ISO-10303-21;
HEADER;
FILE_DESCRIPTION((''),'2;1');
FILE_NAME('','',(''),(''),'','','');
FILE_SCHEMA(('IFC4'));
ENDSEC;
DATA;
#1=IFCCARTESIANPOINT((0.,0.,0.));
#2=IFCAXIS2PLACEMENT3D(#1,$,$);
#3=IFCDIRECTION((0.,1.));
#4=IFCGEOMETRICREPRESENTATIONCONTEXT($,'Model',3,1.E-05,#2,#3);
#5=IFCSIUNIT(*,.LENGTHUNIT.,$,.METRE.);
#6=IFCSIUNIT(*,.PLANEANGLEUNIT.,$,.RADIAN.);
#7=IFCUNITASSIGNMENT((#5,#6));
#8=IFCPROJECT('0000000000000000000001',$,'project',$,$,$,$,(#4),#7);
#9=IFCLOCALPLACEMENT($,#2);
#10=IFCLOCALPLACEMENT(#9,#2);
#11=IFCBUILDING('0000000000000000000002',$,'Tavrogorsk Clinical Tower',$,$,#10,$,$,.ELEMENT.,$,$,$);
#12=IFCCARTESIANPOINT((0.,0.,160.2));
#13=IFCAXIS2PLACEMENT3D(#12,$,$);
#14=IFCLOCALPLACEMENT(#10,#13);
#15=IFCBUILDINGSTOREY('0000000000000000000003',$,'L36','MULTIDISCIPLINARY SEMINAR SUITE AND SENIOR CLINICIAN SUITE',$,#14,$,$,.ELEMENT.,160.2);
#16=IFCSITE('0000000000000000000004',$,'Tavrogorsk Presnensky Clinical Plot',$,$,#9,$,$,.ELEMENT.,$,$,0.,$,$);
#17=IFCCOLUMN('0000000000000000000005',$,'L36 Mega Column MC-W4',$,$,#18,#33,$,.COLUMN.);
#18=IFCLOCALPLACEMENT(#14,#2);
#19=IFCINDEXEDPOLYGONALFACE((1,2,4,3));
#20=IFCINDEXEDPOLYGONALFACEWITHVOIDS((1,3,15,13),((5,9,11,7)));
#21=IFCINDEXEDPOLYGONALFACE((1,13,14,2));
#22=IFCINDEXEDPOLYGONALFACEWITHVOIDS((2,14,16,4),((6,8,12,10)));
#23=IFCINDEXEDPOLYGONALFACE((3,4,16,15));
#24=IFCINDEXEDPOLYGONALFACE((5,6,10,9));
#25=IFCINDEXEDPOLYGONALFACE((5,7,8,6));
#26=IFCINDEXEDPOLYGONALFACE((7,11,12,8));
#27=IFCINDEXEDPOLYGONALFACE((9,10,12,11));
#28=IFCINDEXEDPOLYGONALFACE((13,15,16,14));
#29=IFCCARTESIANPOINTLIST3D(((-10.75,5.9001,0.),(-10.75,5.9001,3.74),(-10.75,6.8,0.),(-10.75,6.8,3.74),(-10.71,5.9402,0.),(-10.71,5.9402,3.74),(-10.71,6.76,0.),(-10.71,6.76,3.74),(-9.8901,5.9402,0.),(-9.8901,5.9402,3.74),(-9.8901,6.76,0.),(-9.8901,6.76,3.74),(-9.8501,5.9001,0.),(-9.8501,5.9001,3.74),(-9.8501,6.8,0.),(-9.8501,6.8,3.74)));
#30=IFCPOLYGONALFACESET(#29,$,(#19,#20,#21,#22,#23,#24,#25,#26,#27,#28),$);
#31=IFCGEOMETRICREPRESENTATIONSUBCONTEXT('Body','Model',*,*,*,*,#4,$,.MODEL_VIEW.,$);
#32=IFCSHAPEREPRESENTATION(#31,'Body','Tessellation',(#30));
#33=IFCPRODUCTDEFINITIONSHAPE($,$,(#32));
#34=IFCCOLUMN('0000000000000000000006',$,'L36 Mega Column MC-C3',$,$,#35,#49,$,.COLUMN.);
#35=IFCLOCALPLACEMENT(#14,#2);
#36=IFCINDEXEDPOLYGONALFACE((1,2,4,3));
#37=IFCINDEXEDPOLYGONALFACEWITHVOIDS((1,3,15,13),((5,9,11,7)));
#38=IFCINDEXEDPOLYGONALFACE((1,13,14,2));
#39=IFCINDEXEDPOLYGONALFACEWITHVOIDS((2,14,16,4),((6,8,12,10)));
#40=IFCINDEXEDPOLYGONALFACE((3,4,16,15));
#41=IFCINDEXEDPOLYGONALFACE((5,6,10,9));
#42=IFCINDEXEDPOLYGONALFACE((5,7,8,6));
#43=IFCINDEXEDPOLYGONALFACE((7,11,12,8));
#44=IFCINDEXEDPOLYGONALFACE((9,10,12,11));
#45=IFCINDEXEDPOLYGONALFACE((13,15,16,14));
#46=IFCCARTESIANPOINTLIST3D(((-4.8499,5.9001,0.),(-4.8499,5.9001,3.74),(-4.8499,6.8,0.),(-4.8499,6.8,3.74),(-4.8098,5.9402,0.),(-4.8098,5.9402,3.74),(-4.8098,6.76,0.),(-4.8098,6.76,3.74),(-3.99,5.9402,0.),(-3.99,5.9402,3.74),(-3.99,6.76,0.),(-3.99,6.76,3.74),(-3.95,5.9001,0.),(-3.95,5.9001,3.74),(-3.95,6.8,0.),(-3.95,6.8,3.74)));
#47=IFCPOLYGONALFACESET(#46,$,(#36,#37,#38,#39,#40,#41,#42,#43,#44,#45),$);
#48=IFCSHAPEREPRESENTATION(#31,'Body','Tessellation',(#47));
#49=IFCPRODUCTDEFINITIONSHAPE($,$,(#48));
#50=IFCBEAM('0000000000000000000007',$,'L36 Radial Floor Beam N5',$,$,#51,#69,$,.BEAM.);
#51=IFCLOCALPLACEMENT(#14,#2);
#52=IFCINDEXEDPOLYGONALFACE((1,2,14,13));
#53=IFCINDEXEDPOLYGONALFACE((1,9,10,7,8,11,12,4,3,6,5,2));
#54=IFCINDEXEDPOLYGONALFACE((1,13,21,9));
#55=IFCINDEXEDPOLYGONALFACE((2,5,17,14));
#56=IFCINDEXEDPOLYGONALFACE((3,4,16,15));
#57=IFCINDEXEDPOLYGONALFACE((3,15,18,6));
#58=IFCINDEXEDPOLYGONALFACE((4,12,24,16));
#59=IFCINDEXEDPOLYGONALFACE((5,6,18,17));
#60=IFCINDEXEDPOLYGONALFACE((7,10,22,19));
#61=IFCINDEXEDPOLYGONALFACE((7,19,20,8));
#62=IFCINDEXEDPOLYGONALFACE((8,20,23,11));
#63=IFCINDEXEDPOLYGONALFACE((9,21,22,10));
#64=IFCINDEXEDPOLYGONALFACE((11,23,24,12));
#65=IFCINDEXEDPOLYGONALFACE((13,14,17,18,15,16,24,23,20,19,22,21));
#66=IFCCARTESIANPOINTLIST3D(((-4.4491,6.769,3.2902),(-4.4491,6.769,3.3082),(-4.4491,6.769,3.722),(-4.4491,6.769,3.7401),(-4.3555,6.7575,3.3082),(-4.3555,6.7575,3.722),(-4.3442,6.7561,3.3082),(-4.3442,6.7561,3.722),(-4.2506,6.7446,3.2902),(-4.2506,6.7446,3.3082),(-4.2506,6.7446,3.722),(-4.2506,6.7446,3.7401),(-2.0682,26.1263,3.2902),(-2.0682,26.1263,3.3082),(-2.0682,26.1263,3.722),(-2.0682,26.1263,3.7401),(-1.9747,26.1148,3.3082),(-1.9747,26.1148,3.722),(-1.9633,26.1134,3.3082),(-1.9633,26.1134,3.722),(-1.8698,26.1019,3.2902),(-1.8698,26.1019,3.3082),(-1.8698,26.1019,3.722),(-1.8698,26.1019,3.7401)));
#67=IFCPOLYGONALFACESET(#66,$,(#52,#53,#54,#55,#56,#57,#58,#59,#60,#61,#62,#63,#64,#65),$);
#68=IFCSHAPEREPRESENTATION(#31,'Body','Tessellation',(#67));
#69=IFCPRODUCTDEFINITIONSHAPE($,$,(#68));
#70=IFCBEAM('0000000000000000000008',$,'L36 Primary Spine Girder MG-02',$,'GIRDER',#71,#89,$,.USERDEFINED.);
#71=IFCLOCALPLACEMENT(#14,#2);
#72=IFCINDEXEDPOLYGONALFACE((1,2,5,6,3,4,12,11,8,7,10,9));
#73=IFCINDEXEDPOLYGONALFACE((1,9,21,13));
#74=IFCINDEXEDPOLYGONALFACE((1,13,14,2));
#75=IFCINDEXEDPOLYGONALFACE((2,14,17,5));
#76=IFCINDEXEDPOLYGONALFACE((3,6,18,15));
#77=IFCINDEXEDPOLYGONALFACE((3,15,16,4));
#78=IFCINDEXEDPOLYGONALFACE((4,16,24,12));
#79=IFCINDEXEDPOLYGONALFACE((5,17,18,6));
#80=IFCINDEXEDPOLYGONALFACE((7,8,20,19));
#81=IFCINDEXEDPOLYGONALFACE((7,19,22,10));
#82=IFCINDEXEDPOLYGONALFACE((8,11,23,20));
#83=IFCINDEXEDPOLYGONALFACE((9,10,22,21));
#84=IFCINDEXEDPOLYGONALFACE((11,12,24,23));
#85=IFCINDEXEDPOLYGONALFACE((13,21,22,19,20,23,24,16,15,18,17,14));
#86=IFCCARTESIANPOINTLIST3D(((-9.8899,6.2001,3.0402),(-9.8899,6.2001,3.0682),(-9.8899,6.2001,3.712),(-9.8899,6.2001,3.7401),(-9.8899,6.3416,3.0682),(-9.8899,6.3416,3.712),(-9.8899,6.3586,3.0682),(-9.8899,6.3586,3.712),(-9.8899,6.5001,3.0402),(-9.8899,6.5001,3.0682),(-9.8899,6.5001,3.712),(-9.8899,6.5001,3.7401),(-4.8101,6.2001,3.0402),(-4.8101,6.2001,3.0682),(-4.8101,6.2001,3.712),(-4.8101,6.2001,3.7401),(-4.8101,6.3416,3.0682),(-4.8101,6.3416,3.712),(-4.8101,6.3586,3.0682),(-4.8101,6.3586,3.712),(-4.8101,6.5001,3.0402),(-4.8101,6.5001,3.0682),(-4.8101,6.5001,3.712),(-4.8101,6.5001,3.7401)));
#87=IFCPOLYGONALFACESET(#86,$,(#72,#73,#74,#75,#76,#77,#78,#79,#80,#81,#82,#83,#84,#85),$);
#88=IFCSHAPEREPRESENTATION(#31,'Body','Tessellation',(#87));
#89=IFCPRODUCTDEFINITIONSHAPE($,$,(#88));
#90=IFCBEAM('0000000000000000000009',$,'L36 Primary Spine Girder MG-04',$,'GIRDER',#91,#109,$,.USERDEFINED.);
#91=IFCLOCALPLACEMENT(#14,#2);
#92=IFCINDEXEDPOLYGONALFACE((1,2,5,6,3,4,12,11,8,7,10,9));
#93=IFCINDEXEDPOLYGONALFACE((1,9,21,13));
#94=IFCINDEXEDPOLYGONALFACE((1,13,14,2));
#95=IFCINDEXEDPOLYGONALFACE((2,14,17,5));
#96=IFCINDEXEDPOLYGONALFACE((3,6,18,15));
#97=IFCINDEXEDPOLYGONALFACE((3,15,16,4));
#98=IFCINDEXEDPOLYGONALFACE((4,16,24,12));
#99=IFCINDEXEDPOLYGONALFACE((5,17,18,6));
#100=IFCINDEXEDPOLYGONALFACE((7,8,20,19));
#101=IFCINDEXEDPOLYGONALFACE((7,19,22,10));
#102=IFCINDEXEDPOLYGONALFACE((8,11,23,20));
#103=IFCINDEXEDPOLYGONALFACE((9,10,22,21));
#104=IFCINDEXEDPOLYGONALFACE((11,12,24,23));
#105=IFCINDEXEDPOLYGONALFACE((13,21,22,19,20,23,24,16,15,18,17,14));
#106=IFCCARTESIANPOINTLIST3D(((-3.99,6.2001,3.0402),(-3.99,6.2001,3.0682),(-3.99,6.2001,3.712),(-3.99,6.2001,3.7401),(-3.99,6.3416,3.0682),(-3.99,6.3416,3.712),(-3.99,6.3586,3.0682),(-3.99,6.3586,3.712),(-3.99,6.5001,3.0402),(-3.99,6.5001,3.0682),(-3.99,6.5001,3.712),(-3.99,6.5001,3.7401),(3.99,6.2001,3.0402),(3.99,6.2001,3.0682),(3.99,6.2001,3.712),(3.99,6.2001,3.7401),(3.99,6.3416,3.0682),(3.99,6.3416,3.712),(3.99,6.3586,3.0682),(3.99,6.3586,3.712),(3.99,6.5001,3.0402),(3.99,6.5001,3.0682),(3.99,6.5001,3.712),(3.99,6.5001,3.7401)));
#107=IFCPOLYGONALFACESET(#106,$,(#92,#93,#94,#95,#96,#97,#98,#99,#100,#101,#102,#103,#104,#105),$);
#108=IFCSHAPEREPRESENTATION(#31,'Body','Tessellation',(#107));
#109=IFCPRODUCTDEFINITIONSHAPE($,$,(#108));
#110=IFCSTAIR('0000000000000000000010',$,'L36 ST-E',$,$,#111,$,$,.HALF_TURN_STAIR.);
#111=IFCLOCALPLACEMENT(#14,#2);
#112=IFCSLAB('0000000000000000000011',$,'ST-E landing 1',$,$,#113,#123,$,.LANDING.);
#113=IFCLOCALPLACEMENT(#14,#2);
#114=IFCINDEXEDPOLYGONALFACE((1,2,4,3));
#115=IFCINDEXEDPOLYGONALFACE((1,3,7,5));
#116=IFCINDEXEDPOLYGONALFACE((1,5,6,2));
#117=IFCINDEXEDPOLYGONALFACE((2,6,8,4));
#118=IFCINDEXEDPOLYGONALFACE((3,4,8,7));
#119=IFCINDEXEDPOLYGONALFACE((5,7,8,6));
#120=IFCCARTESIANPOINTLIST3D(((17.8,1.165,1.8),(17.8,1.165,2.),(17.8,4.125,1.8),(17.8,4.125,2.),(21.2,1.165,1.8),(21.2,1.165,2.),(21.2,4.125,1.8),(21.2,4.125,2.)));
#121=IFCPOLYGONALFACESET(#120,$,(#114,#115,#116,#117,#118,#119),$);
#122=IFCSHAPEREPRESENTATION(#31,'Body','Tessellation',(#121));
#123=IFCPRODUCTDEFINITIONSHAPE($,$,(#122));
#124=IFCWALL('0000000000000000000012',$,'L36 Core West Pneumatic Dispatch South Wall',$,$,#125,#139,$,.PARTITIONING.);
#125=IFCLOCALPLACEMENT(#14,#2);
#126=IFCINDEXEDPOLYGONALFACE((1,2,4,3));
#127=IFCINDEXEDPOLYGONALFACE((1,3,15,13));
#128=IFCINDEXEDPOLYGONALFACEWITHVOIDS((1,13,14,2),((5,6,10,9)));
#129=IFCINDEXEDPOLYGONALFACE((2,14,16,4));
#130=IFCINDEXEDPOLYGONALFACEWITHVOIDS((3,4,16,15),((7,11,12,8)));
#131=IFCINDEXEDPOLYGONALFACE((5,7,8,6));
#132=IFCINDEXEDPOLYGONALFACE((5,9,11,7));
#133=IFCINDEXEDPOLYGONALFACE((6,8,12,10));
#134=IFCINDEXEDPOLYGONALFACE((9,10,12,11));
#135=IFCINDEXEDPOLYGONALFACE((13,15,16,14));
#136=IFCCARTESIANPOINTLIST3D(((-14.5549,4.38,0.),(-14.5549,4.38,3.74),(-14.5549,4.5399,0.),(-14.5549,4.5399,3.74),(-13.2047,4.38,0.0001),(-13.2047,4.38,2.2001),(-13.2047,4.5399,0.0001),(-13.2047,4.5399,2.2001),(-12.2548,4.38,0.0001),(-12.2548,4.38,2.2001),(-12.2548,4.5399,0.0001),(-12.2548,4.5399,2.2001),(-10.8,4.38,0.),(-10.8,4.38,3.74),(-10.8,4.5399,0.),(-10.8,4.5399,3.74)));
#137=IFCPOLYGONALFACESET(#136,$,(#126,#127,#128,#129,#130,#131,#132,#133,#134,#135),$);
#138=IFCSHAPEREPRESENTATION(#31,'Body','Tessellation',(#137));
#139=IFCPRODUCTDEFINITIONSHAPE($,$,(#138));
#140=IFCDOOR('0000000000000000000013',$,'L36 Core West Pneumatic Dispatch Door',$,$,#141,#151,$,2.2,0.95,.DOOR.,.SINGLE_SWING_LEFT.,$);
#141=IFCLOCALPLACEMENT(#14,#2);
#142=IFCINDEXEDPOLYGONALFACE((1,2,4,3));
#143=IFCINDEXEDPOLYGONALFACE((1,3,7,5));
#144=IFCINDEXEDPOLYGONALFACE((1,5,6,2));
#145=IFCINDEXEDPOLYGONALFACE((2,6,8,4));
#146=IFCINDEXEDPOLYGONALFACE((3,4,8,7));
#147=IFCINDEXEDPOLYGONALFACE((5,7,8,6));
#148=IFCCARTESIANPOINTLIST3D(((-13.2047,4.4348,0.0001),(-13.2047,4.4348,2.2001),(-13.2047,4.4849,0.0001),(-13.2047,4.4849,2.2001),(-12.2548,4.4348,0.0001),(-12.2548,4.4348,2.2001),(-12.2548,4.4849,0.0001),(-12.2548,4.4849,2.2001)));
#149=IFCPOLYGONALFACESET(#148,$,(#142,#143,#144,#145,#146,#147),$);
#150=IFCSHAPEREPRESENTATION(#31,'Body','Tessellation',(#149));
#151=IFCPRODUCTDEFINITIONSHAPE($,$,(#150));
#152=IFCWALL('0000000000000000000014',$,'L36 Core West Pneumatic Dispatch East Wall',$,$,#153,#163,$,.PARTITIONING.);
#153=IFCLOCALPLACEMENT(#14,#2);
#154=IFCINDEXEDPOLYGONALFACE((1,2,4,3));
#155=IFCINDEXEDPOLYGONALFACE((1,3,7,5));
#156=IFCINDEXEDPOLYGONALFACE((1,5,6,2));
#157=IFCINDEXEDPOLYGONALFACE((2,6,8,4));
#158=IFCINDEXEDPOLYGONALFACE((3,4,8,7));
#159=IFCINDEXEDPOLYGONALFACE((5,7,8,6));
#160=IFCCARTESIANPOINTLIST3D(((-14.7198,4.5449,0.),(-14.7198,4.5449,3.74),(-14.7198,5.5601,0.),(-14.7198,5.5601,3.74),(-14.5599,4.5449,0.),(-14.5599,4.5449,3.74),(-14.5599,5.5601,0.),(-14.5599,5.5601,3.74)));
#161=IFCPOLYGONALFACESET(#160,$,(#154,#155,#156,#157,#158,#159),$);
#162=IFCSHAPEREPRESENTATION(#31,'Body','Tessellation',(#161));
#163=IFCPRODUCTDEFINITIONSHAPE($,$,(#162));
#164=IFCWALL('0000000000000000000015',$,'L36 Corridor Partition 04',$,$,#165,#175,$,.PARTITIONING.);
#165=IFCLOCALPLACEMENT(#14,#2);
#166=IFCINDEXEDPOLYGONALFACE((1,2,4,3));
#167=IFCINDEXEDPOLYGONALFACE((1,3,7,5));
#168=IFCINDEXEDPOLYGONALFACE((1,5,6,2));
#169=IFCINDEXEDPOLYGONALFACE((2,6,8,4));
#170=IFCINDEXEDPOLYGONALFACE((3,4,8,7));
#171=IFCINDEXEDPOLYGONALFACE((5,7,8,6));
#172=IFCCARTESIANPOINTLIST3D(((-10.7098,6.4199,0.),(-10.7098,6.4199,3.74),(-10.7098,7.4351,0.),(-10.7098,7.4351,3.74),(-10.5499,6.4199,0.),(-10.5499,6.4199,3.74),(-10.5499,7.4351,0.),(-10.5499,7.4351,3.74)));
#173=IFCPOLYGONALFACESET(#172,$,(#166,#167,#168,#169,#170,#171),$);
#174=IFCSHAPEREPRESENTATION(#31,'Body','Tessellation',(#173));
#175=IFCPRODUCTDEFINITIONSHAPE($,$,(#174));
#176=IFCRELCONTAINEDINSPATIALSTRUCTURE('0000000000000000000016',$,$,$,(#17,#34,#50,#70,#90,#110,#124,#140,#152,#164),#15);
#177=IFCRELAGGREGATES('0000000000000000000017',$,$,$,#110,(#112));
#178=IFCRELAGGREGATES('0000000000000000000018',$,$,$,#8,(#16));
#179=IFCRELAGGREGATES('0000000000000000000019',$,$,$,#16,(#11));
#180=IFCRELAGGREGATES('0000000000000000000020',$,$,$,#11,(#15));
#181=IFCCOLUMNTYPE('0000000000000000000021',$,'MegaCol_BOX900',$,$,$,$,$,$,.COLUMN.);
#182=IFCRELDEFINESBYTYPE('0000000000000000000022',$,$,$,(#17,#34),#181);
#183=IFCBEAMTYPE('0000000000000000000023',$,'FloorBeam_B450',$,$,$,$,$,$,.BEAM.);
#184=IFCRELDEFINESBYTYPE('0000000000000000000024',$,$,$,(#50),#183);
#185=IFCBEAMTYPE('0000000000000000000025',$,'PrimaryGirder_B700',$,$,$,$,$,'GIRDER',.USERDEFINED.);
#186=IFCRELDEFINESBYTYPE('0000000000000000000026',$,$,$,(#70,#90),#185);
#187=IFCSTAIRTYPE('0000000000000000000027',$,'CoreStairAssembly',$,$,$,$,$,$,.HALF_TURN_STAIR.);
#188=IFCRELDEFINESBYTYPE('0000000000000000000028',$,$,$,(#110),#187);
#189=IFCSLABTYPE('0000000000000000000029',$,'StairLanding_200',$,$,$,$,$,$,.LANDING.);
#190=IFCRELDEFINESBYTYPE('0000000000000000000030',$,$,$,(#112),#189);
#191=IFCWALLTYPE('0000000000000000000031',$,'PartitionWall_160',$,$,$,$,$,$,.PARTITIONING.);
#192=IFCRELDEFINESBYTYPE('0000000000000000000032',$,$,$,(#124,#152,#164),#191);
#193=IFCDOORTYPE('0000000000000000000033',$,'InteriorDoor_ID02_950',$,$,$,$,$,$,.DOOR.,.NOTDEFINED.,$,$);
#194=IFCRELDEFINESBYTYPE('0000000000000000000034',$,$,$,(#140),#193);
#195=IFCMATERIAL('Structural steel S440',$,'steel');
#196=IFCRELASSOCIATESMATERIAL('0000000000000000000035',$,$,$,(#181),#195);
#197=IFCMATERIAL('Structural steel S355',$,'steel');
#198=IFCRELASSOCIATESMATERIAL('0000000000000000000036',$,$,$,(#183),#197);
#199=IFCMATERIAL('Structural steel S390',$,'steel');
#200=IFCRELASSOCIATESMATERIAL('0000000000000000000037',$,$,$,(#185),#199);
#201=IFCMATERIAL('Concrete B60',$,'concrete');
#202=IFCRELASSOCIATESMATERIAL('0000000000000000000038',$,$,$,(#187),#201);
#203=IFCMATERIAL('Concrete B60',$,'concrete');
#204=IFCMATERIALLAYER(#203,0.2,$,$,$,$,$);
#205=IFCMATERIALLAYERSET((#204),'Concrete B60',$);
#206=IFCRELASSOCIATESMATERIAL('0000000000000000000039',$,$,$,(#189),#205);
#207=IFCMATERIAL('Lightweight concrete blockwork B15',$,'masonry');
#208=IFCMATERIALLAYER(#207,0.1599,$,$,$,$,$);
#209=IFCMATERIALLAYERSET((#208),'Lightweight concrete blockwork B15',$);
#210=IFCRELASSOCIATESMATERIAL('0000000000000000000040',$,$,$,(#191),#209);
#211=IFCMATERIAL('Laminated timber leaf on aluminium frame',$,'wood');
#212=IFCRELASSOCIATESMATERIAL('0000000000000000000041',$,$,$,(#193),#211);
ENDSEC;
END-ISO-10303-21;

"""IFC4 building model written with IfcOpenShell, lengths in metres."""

from ifc_helpers import new_model, si_unit, direction, frame, frame_2d, origin, origin_2d, place, context, subcontext, project, spatial, polyline, rectangle, hollow_rectangle, i_section, outline, extrude, material, layer, layer_set, material_profile, profile_set, type_object, element, fill, aggregate, save


model = new_model("IFC4")

# Units and contexts
model_context = context("Model", 3, precision=1e-05, world=origin(), true_north=direction((0.0, 1.0)))
body_context = subcontext(model_context, "Body", "Model", "MODEL_VIEW")
ifc_project = project(units=[si_unit("LENGTHUNIT", "METRE"), si_unit("PLANEANGLEUNIT", "RADIAN")], contexts=[model_context])

# Site, building, storey
site_placement = place(None, origin())
site = spatial("IfcSite", under=ifc_project, at=site_placement, Name="Tavrogorsk Presnensky Clinical Plot", CompositionType="ELEMENT", RefElevation=0.0)
building_placement = place(site_placement, origin())
building = spatial("IfcBuilding", under=site, at=building_placement, Name="Tavrogorsk Clinical Tower", CompositionType="ELEMENT")
storey_placement = place(building_placement, frame((0.0, 0.0, 160.2)))
storey = spatial("IfcBuildingStorey", under=building, at=storey_placement, Name="L36", Description="MULTIDISCIPLINARY SEMINAR SUITE AND SENIOR CLINICIAN SUITE", CompositionType="ELEMENT", Elevation=160.2)

# Columns
ifc_material_1 = material(Name="Structural steel S440", Category="steel")
ifc_material_profile_1 = material_profile(ifc_material_1, hollow_rectangle(XDim=0.8999, YDim=0.8999, WallThickness=0.04, at=origin_2d()), Name="BOX-900x900x40")
ifc_profile_set_1 = profile_set([ifc_material_profile_1], Name="Structural steel S440")
column_type = type_object("IfcColumnType", Name="MegaCol_BOX900", PredefinedType="COLUMN", material=ifc_profile_set_1)
for number, where, z_axis, x_axis, name in (
    (1, (-10.3, 6.3501, 0.0), (0.0, 0.0, 1.0), (1.0, 0.0, 0.0), "L36 Mega Column MC-W4"),
    (2, (-4.3999, 6.3501, 0.0), (0.0, 0.0, 1.0), (1.0, 0.0, 0.0), "L36 Mega Column MC-C3"),
):
    element("IfcColumn", number, at=place(storey_placement, frame(where, z_axis=z_axis, x_axis=x_axis)), inside=storey, type_object=column_type, Name=name, PredefinedType="COLUMN", context=body_context, shape_type="SweptSolid", body=[
        extrude(hollow_rectangle(XDim=0.8999, YDim=0.8999, WallThickness=0.04, at=origin_2d()), origin(), (0.0, 0.0, 1.0), 3.74),
    ])

# Beams
ifc_material_2 = material(Name="Structural steel S355", Category="steel")
ifc_material_profile_2 = material_profile(ifc_material_2, i_section(OverallWidth=0.2, OverallDepth=0.45, WebThickness=0.0115, FlangeThickness=0.0181, at=origin_2d()), Name="B-450x200x11.5x18")
ifc_profile_set_2 = profile_set([ifc_material_profile_2], Name="Structural steel S355")
beam_type_1 = type_object("IfcBeamType", Name="FloorBeam_B450", PredefinedType="BEAM", material=ifc_profile_set_2)
beam_1_placement = place(storey_placement, frame((-4.3499, 6.7568, 3.5151), z_axis=(0.122075, 0.992521, 0.0), x_axis=(-0.992521, 0.122075, 0.0)))
element("IfcBeam", 3, at=beam_1_placement, inside=storey, type_object=beam_type_1, Name="L36 Radial Floor Beam N5", PredefinedType="BEAM", context=body_context, shape_type="SweptSolid", body=[
    extrude(i_section(OverallWidth=0.2, OverallDepth=0.45, WebThickness=0.0115, FlangeThickness=0.0181, at=origin_2d()), origin(), (0.0, 0.0, 1.0), 19.5032),
])
ifc_material_3 = material(Name="Structural steel S390", Category="steel")
ifc_material_profile_3 = material_profile(ifc_material_3, i_section(OverallWidth=0.3, OverallDepth=0.7, WebThickness=0.0171, FlangeThickness=0.0281, at=origin_2d()), Name="B-700x300x17x28")
ifc_profile_set_3 = profile_set([ifc_material_profile_3], Name="Structural steel S390")
beam_type_2 = type_object("IfcBeamType", Name="PrimaryGirder_B700", ElementType="GIRDER", PredefinedType="USERDEFINED", material=ifc_profile_set_3)
beam_2_placement = place(storey_placement, frame((-9.8899, 6.3501, 3.3901), z_axis=(1.0, 0.0, 0.0), x_axis=(0.0, 1.0, 0.0)))
element("IfcBeam", 4, at=beam_2_placement, inside=storey, type_object=beam_type_2, Name="L36 Primary Spine Girder MG-02", ObjectType="GIRDER", PredefinedType="USERDEFINED", context=body_context, shape_type="SweptSolid", body=[
    extrude(i_section(OverallWidth=0.3, OverallDepth=0.7, WebThickness=0.0171, FlangeThickness=0.0281, at=origin_2d()), origin(), (0.0, 0.0, 1.0), 5.0798),
])
beam_3_placement = place(storey_placement, frame((-3.99, 6.3501, 3.3901), z_axis=(1.0, 0.0, 0.0), x_axis=(0.0, 1.0, 0.0)))
element("IfcBeam", 5, at=beam_3_placement, inside=storey, type_object=beam_type_2, Name="L36 Primary Spine Girder MG-04", ObjectType="GIRDER", PredefinedType="USERDEFINED", context=body_context, shape_type="SweptSolid", body=[
    extrude(i_section(OverallWidth=0.3, OverallDepth=0.7, WebThickness=0.0171, FlangeThickness=0.0281, at=origin_2d()), origin(), (0.0, 0.0, 1.0), 7.98),
])

# Stair, slab
ifc_material_4 = material(Name="Concrete B60", Category="concrete")
stair_type = type_object("IfcStairType", Name="CoreStairAssembly", PredefinedType="HALF_TURN_STAIR", material=ifc_material_4)
stair_placement = place(storey_placement, origin())
stair = element("IfcStair", 6, at=stair_placement, inside=storey, type_object=stair_type, Name="L36 ST-E", PredefinedType="HALF_TURN_STAIR")
ifc_material_5 = material(Name="Concrete B60", Category="concrete")
ifc_layer_1 = layer(ifc_material_5, 0.2)
ifc_layer_set_1 = layer_set([ifc_layer_1], Name="Concrete B60")
slab_type = type_object("IfcSlabType", Name="StairLanding_200", PredefinedType="LANDING", material=ifc_layer_set_1)
slab_placement = place(storey_placement, frame((0.0, 0.0, 1.8)))
slab = element("IfcSlab", 7, at=slab_placement, type_object=slab_type, Name="ST-E landing 1", PredefinedType="LANDING", context=body_context, shape_type="SweptSolid", body=[
    extrude(outline(polyline([(21.2, 1.165), (21.2, 4.125), (17.8, 4.125), (17.8, 1.165), (21.2, 1.165)])), origin(), (0.0, 0.0, 1.0), 0.2),
])
aggregate(stair, [slab])

# Wall, opening, door
ifc_material_6 = material(Name="Lightweight concrete blockwork B15", Category="masonry")
ifc_layer_2 = layer(ifc_material_6, 0.1599)
ifc_layer_set_2 = layer_set([ifc_layer_2], Name="Lightweight concrete blockwork B15")
wall_type_1 = type_object("IfcWallType", Name="PartitionWall_160", PredefinedType="PARTITIONING", material=ifc_layer_set_2)
wall_1_placement = place(storey_placement, frame((-14.5549, 4.46, 0.0), z_axis=(0.0, 0.0, 1.0), x_axis=(1.0, 0.0, 0.0)))
wall_1 = element("IfcWall", 8, at=wall_1_placement, inside=storey, type_object=wall_type_1, Name="L36 Core West Pneumatic Dispatch South Wall", PredefinedType="PARTITIONING", context=body_context, shape_type="SweptSolid", body=[
    extrude(rectangle(XDim=3.7549, YDim=0.1599, at=frame_2d((1.8774, 0.0))), origin(), (0.0, 0.0, 1.0), 3.74),
])
opening_1_placement = place(wall_1_placement, frame((1.3501, 0.0, 0.0)))
opening_1 = element("IfcOpeningElement", 9, at=opening_1_placement, cuts=wall_1, PredefinedType="OPENING", context=body_context, shape_type="SweptSolid", body=[
    extrude(rectangle(XDim=0.95, YDim=2.2, at=frame_2d((0.4751, 1.1001))), frame((0.0, 0.0898, 0.0), z_axis=(0.0, -1.0, 0.0), x_axis=(1.0, 0.0, 0.0)), (0.0, 0.0, 1.0), 0.1799),
])
ifc_material_7 = material(Name="Laminated timber leaf on aluminium frame", Category="wood")
door_type_1 = type_object("IfcDoorType", Name="InteriorDoor_ID02_950", OperationType="NOTDEFINED", PredefinedType="DOOR", material=ifc_material_7)
door_1_placement = place(opening_1_placement, origin())
door_1 = element("IfcDoor", 10, at=door_1_placement, inside=storey, type_object=door_type_1, Name="L36 Core West Pneumatic Dispatch Door", OperationType="SINGLE_SWING_LEFT", OverallHeight=2.2, OverallWidth=0.95, PredefinedType="DOOR", context=body_context, shape_type="SweptSolid", body=[
    extrude(rectangle(XDim=0.95, YDim=2.2, at=frame_2d((0.4751, 1.1001))), frame((0.0, 0.0249, 0.0), z_axis=(0.0, -1.0, 0.0), x_axis=(1.0, 0.0, 0.0)), (0.0, 0.0, 1.0), 0.05),
])
fill(opening_1, door_1)

# Walls
for number, where, z_axis, x_axis, name in (
    (11, (-14.6399, 4.5449, 0.0), (0.0, 0.0, 1.0), (0.0, 1.0, 0.0), "L36 Core West Pneumatic Dispatch East Wall"),
    (12, (-10.6299, 6.4199, 0.0), (0.0, 0.0, 1.0), (0.0, 1.0, 0.0), "L36 Corridor Partition 04"),
):
    element("IfcWall", number, at=place(storey_placement, frame(where, z_axis=z_axis, x_axis=x_axis)), inside=storey, type_object=wall_type_1, Name=name, PredefinedType="PARTITIONING", context=body_context, shape_type="SweptSolid", body=[
        extrude(rectangle(XDim=1.0151, YDim=0.1599, at=frame_2d((0.5076, 0.0))), origin(), (0.0, 0.0, 1.0), 3.74),
    ])

save(model, "model.ifc")
